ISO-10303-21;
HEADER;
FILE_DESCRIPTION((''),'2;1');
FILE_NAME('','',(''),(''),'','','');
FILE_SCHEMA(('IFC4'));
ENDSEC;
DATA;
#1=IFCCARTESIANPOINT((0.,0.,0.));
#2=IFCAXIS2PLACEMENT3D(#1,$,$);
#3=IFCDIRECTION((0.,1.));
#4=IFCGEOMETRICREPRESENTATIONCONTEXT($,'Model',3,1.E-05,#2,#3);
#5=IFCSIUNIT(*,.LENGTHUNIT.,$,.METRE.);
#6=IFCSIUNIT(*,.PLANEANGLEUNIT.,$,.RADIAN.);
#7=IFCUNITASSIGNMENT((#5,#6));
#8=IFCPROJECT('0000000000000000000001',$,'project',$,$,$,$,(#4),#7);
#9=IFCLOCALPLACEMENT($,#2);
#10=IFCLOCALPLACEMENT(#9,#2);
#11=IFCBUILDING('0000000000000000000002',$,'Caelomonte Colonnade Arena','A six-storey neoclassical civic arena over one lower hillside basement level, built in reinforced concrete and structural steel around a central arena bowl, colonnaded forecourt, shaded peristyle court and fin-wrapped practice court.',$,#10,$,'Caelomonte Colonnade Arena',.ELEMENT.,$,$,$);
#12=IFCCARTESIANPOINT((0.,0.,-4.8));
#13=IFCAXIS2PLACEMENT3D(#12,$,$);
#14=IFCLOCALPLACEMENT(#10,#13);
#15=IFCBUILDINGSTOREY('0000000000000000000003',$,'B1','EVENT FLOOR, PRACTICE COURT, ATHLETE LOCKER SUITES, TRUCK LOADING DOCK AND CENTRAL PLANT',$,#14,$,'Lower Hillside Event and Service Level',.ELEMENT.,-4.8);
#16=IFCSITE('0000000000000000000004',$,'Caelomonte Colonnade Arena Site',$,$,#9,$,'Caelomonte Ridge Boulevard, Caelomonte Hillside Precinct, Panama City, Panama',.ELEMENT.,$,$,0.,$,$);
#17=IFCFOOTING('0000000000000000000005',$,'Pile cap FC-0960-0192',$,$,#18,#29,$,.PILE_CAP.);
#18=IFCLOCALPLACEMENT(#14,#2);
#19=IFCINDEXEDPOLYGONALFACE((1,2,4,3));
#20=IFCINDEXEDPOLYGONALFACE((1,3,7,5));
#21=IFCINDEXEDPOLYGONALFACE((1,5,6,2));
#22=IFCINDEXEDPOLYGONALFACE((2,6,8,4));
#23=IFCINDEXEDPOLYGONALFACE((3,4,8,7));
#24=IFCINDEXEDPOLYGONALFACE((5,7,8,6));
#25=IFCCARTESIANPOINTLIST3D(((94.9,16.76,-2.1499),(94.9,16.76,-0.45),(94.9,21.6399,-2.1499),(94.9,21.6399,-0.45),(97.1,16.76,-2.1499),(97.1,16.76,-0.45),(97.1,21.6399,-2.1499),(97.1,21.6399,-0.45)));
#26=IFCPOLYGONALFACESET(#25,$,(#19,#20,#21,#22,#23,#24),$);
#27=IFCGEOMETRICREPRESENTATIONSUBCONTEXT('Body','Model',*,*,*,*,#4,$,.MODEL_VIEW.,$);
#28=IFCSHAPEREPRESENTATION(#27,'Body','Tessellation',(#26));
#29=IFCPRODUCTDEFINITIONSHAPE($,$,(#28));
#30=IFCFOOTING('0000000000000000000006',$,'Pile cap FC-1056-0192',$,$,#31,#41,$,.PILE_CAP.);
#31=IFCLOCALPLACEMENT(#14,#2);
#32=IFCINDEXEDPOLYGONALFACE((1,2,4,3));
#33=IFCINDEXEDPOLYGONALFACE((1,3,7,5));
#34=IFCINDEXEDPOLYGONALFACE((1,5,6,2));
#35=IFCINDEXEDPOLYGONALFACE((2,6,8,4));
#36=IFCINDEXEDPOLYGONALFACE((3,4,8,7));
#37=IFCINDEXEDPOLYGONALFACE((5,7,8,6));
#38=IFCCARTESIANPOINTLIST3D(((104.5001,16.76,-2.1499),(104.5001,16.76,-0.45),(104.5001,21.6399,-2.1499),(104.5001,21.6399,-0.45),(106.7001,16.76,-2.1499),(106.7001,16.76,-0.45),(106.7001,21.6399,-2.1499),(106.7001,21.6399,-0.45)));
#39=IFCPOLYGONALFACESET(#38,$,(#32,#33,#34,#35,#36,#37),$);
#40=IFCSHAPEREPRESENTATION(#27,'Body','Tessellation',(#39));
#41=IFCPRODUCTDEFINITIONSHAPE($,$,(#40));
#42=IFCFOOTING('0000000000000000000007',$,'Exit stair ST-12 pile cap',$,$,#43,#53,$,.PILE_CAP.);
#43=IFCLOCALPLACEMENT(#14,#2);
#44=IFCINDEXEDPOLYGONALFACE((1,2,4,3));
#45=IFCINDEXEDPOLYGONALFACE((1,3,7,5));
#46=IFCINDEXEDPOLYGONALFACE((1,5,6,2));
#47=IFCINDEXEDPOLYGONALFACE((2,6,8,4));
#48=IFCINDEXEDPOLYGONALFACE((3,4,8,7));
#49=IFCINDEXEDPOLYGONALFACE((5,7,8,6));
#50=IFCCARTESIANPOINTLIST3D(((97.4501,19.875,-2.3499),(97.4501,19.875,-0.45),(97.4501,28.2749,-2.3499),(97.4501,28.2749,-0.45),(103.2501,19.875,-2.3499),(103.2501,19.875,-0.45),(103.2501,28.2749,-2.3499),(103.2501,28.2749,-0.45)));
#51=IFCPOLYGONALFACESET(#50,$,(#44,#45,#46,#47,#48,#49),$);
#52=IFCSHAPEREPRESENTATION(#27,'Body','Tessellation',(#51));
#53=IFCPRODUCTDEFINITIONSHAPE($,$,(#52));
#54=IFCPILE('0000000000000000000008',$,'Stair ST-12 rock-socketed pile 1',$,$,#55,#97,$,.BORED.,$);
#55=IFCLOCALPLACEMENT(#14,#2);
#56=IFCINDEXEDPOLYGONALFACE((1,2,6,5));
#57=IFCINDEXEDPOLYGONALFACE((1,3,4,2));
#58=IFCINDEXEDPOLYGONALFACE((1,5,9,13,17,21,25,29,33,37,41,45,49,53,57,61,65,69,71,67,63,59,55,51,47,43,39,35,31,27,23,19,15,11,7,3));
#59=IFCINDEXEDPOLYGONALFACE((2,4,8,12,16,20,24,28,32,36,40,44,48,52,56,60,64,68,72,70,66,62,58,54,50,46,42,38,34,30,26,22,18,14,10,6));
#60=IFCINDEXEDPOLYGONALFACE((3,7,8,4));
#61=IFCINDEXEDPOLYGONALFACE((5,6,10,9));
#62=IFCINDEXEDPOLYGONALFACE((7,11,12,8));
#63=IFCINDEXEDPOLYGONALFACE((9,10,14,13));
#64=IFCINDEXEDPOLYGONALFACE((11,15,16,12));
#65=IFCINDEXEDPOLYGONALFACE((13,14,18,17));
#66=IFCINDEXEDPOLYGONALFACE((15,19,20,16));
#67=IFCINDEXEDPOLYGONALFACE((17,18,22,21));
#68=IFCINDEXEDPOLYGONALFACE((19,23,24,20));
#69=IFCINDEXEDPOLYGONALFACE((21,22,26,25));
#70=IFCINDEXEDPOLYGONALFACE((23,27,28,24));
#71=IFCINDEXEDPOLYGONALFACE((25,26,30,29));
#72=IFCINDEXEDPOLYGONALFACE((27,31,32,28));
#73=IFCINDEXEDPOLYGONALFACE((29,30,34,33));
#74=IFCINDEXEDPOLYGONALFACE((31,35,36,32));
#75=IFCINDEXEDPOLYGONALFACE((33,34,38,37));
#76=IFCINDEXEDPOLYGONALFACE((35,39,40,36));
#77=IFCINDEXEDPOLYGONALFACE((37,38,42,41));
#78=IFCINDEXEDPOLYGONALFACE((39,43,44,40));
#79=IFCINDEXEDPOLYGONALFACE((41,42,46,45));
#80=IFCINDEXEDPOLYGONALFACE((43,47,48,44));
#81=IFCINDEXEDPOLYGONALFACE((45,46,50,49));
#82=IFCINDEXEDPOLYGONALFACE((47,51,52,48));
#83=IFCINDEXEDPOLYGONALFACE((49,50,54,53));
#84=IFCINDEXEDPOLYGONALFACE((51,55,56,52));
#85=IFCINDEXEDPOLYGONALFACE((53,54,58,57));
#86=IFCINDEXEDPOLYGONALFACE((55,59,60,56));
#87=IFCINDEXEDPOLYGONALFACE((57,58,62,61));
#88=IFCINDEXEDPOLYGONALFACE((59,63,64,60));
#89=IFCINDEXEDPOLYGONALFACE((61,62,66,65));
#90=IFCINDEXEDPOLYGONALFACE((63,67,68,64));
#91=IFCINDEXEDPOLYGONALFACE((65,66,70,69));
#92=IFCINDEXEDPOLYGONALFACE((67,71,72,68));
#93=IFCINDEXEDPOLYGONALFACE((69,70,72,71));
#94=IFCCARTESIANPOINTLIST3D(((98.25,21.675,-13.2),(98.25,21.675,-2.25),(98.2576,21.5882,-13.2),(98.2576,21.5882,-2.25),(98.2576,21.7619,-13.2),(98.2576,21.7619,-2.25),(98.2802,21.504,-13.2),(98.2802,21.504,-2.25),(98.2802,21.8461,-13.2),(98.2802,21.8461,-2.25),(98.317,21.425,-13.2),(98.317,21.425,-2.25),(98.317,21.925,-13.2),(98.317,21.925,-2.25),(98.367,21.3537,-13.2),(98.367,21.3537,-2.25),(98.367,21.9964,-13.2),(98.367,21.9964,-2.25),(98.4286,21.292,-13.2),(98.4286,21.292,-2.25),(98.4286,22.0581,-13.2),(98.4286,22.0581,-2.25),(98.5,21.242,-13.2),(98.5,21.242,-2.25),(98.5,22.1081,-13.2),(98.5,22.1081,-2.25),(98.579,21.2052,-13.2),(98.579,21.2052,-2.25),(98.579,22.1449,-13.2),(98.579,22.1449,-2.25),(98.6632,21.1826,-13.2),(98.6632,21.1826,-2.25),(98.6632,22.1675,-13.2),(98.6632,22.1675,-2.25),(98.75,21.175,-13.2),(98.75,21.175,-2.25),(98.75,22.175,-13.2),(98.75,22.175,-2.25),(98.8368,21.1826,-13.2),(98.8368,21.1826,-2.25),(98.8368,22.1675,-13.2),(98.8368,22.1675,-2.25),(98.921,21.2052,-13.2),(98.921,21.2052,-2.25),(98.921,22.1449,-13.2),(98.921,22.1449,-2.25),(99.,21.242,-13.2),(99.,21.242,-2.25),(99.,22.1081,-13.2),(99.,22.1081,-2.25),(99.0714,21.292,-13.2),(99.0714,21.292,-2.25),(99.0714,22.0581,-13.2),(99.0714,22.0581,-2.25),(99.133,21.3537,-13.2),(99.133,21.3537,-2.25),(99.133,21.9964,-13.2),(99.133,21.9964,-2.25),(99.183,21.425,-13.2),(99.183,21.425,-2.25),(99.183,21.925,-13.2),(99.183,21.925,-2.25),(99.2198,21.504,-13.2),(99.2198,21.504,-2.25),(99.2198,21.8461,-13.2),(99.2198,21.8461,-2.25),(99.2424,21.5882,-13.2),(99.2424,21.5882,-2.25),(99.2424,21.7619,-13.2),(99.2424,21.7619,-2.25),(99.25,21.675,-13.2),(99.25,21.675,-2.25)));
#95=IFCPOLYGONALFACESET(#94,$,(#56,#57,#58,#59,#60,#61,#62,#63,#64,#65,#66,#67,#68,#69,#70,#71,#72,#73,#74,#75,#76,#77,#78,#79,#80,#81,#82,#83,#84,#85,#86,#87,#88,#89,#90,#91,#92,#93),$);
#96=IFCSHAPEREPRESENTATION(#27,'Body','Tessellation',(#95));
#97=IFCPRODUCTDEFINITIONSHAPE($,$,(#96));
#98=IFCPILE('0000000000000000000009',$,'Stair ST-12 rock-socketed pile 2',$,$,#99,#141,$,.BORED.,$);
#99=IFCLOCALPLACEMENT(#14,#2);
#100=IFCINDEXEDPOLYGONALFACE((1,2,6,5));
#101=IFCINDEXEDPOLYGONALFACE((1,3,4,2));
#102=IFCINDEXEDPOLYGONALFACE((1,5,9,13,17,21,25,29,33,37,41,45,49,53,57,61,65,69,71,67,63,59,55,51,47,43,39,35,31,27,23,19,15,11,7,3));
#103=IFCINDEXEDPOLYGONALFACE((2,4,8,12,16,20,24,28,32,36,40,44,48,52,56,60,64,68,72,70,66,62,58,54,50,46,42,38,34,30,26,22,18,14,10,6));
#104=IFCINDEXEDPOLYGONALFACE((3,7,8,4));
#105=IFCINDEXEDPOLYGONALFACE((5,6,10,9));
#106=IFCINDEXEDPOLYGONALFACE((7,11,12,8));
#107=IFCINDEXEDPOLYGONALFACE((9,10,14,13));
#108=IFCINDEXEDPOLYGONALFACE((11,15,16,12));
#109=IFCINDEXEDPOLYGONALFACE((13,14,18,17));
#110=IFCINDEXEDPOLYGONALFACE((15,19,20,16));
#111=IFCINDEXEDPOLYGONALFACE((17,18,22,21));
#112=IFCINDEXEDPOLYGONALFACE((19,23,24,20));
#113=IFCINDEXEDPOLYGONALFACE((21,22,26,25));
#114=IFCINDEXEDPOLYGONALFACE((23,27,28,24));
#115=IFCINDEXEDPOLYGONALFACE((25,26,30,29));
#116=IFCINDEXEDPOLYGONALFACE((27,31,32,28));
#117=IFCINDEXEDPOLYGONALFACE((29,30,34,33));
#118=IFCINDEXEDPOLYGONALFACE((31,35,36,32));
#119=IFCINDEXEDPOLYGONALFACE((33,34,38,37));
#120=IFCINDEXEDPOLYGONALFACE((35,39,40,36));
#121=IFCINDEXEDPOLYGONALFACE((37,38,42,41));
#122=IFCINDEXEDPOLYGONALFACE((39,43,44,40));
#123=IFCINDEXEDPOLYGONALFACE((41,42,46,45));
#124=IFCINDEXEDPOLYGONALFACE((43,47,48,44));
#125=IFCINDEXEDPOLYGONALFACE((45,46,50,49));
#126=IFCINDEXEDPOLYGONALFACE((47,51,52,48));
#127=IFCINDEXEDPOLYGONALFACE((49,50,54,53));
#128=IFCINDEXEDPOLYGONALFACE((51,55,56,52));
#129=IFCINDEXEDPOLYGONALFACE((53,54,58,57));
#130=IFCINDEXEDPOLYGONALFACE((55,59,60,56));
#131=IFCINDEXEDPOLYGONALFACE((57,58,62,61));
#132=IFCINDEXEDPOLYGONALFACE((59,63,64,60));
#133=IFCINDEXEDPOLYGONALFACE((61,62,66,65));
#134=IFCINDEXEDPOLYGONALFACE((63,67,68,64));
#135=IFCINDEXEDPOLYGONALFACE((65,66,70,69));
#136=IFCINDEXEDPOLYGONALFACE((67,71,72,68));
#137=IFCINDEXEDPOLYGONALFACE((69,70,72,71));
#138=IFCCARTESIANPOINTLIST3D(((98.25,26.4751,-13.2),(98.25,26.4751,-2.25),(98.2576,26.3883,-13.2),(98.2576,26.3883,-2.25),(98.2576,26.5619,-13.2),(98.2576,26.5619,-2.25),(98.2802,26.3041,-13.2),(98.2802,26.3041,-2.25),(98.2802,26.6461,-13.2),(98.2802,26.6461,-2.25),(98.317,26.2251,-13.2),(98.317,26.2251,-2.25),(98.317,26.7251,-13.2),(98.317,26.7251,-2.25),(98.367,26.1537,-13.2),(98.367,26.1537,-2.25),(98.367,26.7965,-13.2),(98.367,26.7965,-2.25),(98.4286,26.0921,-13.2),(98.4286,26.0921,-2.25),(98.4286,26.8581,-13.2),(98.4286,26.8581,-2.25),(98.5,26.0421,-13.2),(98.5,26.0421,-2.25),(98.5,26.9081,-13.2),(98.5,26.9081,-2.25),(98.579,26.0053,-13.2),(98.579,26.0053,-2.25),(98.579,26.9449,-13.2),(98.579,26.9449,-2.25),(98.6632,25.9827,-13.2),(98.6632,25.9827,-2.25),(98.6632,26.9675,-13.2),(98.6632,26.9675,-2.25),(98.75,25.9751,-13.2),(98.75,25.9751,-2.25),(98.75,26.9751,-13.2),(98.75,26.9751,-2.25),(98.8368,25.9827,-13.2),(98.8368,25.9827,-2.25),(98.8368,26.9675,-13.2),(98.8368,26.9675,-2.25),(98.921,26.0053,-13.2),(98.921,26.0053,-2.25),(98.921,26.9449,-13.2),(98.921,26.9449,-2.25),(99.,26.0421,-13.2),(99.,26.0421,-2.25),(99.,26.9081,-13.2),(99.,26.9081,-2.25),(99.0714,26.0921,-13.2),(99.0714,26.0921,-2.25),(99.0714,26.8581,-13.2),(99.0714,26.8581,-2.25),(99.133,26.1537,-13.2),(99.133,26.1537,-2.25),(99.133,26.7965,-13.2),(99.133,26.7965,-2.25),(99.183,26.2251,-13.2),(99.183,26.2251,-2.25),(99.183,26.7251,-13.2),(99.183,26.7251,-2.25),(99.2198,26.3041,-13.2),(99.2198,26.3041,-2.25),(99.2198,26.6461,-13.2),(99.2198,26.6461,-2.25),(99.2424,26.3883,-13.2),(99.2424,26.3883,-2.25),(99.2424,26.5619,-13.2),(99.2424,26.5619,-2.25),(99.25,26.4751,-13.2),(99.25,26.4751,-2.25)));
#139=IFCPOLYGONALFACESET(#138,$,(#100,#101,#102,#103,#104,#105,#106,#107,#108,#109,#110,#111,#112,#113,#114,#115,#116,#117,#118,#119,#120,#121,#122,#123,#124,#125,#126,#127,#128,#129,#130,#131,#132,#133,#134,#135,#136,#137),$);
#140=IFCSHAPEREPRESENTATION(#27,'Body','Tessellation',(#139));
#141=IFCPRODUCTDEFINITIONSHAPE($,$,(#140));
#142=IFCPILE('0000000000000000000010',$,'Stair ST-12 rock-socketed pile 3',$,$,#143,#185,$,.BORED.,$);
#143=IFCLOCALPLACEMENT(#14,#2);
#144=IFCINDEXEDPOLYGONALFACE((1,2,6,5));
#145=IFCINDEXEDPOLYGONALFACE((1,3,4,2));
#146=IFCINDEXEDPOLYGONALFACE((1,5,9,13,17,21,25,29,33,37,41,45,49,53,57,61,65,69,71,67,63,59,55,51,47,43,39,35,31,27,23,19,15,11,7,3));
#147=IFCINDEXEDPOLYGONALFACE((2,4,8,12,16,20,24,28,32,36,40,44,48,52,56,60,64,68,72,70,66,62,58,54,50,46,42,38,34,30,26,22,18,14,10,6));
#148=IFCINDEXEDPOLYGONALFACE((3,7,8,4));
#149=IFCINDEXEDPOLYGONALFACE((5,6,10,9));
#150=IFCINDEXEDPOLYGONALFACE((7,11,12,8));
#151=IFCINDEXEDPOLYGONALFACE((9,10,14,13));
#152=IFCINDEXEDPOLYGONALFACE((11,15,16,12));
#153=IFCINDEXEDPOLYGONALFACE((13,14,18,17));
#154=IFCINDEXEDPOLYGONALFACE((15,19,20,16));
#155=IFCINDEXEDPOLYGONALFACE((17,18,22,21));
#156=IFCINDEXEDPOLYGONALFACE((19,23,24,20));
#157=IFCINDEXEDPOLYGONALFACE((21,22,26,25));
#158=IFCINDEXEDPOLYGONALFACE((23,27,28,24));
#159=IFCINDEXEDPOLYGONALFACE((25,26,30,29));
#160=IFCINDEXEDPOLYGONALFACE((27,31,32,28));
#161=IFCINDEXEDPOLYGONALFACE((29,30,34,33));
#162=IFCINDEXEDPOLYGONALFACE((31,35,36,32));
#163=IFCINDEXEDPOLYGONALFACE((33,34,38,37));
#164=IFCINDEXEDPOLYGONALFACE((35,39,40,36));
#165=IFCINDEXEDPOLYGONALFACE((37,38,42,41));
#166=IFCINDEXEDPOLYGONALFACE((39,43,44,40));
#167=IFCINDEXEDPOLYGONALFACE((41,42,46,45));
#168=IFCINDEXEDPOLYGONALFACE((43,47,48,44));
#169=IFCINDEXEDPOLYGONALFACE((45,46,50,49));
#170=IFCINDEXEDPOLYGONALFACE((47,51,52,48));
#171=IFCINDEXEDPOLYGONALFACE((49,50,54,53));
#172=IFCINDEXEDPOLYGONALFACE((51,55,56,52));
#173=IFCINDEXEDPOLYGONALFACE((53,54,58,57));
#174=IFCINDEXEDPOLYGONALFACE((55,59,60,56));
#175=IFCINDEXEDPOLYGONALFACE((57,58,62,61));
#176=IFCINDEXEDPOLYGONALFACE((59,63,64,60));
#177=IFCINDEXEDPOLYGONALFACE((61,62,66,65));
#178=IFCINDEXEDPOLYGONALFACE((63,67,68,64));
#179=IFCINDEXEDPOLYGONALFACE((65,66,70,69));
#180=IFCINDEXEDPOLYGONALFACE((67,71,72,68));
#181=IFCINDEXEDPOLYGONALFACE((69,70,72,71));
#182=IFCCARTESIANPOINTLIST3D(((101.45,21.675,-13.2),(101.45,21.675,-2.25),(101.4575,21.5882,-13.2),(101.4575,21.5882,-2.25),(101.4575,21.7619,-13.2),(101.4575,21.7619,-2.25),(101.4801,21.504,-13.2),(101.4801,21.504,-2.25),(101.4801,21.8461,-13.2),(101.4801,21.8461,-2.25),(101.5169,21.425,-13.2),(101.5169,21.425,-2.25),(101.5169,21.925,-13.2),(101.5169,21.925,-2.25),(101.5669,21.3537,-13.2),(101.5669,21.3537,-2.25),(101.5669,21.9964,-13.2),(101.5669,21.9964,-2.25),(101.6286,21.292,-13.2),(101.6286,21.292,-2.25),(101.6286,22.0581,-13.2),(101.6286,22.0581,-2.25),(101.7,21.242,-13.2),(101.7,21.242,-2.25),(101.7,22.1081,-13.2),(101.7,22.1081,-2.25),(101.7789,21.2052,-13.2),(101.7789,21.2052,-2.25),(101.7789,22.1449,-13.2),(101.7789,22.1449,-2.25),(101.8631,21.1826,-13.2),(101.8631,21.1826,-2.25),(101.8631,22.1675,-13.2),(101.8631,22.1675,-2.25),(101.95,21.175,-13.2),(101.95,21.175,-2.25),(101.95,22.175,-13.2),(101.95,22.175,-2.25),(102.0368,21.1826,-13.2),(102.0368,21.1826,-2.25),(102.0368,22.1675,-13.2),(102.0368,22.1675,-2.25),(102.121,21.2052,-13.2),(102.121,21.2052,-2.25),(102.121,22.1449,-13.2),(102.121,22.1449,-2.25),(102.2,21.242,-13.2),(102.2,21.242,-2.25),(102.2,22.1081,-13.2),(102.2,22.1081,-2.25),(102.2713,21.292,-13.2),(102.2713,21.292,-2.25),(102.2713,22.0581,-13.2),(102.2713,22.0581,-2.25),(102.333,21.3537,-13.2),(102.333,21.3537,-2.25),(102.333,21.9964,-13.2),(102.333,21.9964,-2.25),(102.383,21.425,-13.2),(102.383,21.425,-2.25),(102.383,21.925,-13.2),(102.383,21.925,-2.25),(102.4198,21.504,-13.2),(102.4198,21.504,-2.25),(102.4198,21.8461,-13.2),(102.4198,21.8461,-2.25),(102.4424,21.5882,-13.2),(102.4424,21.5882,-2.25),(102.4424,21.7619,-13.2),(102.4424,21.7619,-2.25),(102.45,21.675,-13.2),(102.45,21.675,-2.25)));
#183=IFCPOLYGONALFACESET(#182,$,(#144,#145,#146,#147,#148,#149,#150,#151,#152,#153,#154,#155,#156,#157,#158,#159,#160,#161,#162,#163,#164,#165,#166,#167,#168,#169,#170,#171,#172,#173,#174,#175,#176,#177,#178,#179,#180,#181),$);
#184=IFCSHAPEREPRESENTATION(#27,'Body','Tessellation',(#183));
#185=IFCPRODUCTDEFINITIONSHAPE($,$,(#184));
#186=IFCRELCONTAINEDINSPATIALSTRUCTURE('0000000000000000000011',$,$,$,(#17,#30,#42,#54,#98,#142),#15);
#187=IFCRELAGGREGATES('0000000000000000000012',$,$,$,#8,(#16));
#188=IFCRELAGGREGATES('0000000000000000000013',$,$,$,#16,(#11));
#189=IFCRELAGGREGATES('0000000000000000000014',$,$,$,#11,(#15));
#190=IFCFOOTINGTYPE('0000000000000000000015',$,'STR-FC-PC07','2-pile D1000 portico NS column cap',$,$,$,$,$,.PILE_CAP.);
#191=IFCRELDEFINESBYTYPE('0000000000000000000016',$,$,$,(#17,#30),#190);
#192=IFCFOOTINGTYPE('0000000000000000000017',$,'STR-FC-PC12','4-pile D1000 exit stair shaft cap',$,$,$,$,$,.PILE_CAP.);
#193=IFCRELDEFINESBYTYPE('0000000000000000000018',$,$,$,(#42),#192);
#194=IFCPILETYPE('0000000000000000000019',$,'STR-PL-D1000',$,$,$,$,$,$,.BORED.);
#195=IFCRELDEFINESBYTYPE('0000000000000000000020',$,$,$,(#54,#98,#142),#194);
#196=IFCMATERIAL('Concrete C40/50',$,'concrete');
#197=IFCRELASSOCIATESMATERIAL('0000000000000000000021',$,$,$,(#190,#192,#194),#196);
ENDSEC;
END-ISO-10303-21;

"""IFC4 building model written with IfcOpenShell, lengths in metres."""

from ifc_helpers import new_model, si_unit, direction, frame, origin, origin_2d, place, context, subcontext, project, spatial, rectangle, circle, extrude, material, material_profile, profile_set, type_object, element, save


model = new_model("IFC4")

# Units and contexts
model_context = context("Model", 3, precision=1e-05, world=origin(), true_north=direction((0.0, 1.0)))
body_context = subcontext(model_context, "Body", "Model", "MODEL_VIEW")
ifc_project = project(units=[si_unit("LENGTHUNIT", "METRE"), si_unit("PLANEANGLEUNIT", "RADIAN")], contexts=[model_context])

# Site, building, storey
site_placement = place(None, origin())
site = spatial("IfcSite", under=ifc_project, at=site_placement, Name="Caelomonte Colonnade Arena Site", LongName="Caelomonte Ridge Boulevard, Caelomonte Hillside Precinct, Panama City, Panama", CompositionType="ELEMENT", RefElevation=0.0)
building_placement = place(site_placement, origin())
building = spatial("IfcBuilding", under=site, at=building_placement, Name="Caelomonte Colonnade Arena", Description="A six-storey neoclassical civic arena over one lower hillside basement level, built in reinforced concrete and structural steel around a central arena bowl, colonnaded forecourt, shaded peristyle court and fin-wrapped practice court.", LongName="Caelomonte Colonnade Arena", CompositionType="ELEMENT")
storey_placement = place(building_placement, frame((0.0, 0.0, -4.8)))
storey = spatial("IfcBuildingStorey", under=building, at=storey_placement, Name="B1", Description="EVENT FLOOR, PRACTICE COURT, ATHLETE LOCKER SUITES, TRUCK LOADING DOCK AND CENTRAL PLANT", LongName="Lower Hillside Event and Service Level", CompositionType="ELEMENT", Elevation=-4.8)

# Footings
ifc_material_1 = material(Name="Concrete C40/50", Category="concrete")
footing_type_1 = type_object("IfcFootingType", Name="STR-FC-PC07", Description="2-pile D1000 portico NS column cap", PredefinedType="PILE_CAP", material=ifc_material_1)
for number, where, z_axis, x_axis, name in (
    (1, (96.0, 19.2, -2.1499), (0.0, 0.0, 1.0), (1.0, 0.0, 0.0), "Pile cap FC-0960-0192"),
    (2, (105.6001, 19.2, -2.1499), (0.0, 0.0, 1.0), (1.0, 0.0, 0.0), "Pile cap FC-1056-0192"),
):
    element("IfcFooting", number, at=place(storey_placement, frame(where, z_axis=z_axis, x_axis=x_axis)), inside=storey, type_object=footing_type_1, Name=name, PredefinedType="PILE_CAP", context=body_context, shape_type="SweptSolid", body=[
        extrude(rectangle(XDim=2.2, YDim=4.8799, at=origin_2d()), origin(), (0.0, 0.0, 1.0), 1.7),
    ])
footing_type_2 = type_object("IfcFootingType", Name="STR-FC-PC12", Description="4-pile D1000 exit stair shaft cap", PredefinedType="PILE_CAP", material=ifc_material_1)
footing_placement = place(storey_placement, frame((100.3501, 24.075, -2.3499), z_axis=(0.0, 0.0, 1.0), x_axis=(1.0, 0.0, 0.0)))
element("IfcFooting", 3, at=footing_placement, inside=storey, type_object=footing_type_2, Name="Exit stair ST-12 pile cap", PredefinedType="PILE_CAP", context=body_context, shape_type="SweptSolid", body=[
    extrude(rectangle(XDim=5.8, YDim=8.3999, at=origin_2d()), origin(), (0.0, 0.0, 1.0), 1.8999),
])

# Piles
ifc_material_profile_1 = material_profile(ifc_material_1, circle(Radius=0.5, at=origin_2d()), Name="PILE-D1000")
ifc_profile_set_1 = profile_set([ifc_material_profile_1], Name="Concrete C40/50")
pile_type = type_object("IfcPileType", Name="STR-PL-D1000", PredefinedType="BORED", material=ifc_profile_set_1)
for number, where, z_axis, x_axis, name in (
    (4, (98.75, 21.675, -2.25), (0.0, 0.0, -1.0), (1.0, 0.0, 0.0), "Stair ST-12 rock-socketed pile 1"),
    (5, (98.75, 26.4751, -2.25), (0.0, 0.0, -1.0), (1.0, 0.0, 0.0), "Stair ST-12 rock-socketed pile 2"),
    (6, (101.95, 21.675, -2.25), (0.0, 0.0, -1.0), (1.0, 0.0, 0.0), "Stair ST-12 rock-socketed pile 3"),
):
    element("IfcPile", number, at=place(storey_placement, frame(where, z_axis=z_axis, x_axis=x_axis)), inside=storey, type_object=pile_type, Name=name, PredefinedType="BORED", context=body_context, shape_type="SweptSolid", body=[
        extrude(circle(Radius=0.5, at=origin_2d()), origin(), (0.0, 0.0, 1.0), 10.95),
    ])

save(model, "model.ifc")
